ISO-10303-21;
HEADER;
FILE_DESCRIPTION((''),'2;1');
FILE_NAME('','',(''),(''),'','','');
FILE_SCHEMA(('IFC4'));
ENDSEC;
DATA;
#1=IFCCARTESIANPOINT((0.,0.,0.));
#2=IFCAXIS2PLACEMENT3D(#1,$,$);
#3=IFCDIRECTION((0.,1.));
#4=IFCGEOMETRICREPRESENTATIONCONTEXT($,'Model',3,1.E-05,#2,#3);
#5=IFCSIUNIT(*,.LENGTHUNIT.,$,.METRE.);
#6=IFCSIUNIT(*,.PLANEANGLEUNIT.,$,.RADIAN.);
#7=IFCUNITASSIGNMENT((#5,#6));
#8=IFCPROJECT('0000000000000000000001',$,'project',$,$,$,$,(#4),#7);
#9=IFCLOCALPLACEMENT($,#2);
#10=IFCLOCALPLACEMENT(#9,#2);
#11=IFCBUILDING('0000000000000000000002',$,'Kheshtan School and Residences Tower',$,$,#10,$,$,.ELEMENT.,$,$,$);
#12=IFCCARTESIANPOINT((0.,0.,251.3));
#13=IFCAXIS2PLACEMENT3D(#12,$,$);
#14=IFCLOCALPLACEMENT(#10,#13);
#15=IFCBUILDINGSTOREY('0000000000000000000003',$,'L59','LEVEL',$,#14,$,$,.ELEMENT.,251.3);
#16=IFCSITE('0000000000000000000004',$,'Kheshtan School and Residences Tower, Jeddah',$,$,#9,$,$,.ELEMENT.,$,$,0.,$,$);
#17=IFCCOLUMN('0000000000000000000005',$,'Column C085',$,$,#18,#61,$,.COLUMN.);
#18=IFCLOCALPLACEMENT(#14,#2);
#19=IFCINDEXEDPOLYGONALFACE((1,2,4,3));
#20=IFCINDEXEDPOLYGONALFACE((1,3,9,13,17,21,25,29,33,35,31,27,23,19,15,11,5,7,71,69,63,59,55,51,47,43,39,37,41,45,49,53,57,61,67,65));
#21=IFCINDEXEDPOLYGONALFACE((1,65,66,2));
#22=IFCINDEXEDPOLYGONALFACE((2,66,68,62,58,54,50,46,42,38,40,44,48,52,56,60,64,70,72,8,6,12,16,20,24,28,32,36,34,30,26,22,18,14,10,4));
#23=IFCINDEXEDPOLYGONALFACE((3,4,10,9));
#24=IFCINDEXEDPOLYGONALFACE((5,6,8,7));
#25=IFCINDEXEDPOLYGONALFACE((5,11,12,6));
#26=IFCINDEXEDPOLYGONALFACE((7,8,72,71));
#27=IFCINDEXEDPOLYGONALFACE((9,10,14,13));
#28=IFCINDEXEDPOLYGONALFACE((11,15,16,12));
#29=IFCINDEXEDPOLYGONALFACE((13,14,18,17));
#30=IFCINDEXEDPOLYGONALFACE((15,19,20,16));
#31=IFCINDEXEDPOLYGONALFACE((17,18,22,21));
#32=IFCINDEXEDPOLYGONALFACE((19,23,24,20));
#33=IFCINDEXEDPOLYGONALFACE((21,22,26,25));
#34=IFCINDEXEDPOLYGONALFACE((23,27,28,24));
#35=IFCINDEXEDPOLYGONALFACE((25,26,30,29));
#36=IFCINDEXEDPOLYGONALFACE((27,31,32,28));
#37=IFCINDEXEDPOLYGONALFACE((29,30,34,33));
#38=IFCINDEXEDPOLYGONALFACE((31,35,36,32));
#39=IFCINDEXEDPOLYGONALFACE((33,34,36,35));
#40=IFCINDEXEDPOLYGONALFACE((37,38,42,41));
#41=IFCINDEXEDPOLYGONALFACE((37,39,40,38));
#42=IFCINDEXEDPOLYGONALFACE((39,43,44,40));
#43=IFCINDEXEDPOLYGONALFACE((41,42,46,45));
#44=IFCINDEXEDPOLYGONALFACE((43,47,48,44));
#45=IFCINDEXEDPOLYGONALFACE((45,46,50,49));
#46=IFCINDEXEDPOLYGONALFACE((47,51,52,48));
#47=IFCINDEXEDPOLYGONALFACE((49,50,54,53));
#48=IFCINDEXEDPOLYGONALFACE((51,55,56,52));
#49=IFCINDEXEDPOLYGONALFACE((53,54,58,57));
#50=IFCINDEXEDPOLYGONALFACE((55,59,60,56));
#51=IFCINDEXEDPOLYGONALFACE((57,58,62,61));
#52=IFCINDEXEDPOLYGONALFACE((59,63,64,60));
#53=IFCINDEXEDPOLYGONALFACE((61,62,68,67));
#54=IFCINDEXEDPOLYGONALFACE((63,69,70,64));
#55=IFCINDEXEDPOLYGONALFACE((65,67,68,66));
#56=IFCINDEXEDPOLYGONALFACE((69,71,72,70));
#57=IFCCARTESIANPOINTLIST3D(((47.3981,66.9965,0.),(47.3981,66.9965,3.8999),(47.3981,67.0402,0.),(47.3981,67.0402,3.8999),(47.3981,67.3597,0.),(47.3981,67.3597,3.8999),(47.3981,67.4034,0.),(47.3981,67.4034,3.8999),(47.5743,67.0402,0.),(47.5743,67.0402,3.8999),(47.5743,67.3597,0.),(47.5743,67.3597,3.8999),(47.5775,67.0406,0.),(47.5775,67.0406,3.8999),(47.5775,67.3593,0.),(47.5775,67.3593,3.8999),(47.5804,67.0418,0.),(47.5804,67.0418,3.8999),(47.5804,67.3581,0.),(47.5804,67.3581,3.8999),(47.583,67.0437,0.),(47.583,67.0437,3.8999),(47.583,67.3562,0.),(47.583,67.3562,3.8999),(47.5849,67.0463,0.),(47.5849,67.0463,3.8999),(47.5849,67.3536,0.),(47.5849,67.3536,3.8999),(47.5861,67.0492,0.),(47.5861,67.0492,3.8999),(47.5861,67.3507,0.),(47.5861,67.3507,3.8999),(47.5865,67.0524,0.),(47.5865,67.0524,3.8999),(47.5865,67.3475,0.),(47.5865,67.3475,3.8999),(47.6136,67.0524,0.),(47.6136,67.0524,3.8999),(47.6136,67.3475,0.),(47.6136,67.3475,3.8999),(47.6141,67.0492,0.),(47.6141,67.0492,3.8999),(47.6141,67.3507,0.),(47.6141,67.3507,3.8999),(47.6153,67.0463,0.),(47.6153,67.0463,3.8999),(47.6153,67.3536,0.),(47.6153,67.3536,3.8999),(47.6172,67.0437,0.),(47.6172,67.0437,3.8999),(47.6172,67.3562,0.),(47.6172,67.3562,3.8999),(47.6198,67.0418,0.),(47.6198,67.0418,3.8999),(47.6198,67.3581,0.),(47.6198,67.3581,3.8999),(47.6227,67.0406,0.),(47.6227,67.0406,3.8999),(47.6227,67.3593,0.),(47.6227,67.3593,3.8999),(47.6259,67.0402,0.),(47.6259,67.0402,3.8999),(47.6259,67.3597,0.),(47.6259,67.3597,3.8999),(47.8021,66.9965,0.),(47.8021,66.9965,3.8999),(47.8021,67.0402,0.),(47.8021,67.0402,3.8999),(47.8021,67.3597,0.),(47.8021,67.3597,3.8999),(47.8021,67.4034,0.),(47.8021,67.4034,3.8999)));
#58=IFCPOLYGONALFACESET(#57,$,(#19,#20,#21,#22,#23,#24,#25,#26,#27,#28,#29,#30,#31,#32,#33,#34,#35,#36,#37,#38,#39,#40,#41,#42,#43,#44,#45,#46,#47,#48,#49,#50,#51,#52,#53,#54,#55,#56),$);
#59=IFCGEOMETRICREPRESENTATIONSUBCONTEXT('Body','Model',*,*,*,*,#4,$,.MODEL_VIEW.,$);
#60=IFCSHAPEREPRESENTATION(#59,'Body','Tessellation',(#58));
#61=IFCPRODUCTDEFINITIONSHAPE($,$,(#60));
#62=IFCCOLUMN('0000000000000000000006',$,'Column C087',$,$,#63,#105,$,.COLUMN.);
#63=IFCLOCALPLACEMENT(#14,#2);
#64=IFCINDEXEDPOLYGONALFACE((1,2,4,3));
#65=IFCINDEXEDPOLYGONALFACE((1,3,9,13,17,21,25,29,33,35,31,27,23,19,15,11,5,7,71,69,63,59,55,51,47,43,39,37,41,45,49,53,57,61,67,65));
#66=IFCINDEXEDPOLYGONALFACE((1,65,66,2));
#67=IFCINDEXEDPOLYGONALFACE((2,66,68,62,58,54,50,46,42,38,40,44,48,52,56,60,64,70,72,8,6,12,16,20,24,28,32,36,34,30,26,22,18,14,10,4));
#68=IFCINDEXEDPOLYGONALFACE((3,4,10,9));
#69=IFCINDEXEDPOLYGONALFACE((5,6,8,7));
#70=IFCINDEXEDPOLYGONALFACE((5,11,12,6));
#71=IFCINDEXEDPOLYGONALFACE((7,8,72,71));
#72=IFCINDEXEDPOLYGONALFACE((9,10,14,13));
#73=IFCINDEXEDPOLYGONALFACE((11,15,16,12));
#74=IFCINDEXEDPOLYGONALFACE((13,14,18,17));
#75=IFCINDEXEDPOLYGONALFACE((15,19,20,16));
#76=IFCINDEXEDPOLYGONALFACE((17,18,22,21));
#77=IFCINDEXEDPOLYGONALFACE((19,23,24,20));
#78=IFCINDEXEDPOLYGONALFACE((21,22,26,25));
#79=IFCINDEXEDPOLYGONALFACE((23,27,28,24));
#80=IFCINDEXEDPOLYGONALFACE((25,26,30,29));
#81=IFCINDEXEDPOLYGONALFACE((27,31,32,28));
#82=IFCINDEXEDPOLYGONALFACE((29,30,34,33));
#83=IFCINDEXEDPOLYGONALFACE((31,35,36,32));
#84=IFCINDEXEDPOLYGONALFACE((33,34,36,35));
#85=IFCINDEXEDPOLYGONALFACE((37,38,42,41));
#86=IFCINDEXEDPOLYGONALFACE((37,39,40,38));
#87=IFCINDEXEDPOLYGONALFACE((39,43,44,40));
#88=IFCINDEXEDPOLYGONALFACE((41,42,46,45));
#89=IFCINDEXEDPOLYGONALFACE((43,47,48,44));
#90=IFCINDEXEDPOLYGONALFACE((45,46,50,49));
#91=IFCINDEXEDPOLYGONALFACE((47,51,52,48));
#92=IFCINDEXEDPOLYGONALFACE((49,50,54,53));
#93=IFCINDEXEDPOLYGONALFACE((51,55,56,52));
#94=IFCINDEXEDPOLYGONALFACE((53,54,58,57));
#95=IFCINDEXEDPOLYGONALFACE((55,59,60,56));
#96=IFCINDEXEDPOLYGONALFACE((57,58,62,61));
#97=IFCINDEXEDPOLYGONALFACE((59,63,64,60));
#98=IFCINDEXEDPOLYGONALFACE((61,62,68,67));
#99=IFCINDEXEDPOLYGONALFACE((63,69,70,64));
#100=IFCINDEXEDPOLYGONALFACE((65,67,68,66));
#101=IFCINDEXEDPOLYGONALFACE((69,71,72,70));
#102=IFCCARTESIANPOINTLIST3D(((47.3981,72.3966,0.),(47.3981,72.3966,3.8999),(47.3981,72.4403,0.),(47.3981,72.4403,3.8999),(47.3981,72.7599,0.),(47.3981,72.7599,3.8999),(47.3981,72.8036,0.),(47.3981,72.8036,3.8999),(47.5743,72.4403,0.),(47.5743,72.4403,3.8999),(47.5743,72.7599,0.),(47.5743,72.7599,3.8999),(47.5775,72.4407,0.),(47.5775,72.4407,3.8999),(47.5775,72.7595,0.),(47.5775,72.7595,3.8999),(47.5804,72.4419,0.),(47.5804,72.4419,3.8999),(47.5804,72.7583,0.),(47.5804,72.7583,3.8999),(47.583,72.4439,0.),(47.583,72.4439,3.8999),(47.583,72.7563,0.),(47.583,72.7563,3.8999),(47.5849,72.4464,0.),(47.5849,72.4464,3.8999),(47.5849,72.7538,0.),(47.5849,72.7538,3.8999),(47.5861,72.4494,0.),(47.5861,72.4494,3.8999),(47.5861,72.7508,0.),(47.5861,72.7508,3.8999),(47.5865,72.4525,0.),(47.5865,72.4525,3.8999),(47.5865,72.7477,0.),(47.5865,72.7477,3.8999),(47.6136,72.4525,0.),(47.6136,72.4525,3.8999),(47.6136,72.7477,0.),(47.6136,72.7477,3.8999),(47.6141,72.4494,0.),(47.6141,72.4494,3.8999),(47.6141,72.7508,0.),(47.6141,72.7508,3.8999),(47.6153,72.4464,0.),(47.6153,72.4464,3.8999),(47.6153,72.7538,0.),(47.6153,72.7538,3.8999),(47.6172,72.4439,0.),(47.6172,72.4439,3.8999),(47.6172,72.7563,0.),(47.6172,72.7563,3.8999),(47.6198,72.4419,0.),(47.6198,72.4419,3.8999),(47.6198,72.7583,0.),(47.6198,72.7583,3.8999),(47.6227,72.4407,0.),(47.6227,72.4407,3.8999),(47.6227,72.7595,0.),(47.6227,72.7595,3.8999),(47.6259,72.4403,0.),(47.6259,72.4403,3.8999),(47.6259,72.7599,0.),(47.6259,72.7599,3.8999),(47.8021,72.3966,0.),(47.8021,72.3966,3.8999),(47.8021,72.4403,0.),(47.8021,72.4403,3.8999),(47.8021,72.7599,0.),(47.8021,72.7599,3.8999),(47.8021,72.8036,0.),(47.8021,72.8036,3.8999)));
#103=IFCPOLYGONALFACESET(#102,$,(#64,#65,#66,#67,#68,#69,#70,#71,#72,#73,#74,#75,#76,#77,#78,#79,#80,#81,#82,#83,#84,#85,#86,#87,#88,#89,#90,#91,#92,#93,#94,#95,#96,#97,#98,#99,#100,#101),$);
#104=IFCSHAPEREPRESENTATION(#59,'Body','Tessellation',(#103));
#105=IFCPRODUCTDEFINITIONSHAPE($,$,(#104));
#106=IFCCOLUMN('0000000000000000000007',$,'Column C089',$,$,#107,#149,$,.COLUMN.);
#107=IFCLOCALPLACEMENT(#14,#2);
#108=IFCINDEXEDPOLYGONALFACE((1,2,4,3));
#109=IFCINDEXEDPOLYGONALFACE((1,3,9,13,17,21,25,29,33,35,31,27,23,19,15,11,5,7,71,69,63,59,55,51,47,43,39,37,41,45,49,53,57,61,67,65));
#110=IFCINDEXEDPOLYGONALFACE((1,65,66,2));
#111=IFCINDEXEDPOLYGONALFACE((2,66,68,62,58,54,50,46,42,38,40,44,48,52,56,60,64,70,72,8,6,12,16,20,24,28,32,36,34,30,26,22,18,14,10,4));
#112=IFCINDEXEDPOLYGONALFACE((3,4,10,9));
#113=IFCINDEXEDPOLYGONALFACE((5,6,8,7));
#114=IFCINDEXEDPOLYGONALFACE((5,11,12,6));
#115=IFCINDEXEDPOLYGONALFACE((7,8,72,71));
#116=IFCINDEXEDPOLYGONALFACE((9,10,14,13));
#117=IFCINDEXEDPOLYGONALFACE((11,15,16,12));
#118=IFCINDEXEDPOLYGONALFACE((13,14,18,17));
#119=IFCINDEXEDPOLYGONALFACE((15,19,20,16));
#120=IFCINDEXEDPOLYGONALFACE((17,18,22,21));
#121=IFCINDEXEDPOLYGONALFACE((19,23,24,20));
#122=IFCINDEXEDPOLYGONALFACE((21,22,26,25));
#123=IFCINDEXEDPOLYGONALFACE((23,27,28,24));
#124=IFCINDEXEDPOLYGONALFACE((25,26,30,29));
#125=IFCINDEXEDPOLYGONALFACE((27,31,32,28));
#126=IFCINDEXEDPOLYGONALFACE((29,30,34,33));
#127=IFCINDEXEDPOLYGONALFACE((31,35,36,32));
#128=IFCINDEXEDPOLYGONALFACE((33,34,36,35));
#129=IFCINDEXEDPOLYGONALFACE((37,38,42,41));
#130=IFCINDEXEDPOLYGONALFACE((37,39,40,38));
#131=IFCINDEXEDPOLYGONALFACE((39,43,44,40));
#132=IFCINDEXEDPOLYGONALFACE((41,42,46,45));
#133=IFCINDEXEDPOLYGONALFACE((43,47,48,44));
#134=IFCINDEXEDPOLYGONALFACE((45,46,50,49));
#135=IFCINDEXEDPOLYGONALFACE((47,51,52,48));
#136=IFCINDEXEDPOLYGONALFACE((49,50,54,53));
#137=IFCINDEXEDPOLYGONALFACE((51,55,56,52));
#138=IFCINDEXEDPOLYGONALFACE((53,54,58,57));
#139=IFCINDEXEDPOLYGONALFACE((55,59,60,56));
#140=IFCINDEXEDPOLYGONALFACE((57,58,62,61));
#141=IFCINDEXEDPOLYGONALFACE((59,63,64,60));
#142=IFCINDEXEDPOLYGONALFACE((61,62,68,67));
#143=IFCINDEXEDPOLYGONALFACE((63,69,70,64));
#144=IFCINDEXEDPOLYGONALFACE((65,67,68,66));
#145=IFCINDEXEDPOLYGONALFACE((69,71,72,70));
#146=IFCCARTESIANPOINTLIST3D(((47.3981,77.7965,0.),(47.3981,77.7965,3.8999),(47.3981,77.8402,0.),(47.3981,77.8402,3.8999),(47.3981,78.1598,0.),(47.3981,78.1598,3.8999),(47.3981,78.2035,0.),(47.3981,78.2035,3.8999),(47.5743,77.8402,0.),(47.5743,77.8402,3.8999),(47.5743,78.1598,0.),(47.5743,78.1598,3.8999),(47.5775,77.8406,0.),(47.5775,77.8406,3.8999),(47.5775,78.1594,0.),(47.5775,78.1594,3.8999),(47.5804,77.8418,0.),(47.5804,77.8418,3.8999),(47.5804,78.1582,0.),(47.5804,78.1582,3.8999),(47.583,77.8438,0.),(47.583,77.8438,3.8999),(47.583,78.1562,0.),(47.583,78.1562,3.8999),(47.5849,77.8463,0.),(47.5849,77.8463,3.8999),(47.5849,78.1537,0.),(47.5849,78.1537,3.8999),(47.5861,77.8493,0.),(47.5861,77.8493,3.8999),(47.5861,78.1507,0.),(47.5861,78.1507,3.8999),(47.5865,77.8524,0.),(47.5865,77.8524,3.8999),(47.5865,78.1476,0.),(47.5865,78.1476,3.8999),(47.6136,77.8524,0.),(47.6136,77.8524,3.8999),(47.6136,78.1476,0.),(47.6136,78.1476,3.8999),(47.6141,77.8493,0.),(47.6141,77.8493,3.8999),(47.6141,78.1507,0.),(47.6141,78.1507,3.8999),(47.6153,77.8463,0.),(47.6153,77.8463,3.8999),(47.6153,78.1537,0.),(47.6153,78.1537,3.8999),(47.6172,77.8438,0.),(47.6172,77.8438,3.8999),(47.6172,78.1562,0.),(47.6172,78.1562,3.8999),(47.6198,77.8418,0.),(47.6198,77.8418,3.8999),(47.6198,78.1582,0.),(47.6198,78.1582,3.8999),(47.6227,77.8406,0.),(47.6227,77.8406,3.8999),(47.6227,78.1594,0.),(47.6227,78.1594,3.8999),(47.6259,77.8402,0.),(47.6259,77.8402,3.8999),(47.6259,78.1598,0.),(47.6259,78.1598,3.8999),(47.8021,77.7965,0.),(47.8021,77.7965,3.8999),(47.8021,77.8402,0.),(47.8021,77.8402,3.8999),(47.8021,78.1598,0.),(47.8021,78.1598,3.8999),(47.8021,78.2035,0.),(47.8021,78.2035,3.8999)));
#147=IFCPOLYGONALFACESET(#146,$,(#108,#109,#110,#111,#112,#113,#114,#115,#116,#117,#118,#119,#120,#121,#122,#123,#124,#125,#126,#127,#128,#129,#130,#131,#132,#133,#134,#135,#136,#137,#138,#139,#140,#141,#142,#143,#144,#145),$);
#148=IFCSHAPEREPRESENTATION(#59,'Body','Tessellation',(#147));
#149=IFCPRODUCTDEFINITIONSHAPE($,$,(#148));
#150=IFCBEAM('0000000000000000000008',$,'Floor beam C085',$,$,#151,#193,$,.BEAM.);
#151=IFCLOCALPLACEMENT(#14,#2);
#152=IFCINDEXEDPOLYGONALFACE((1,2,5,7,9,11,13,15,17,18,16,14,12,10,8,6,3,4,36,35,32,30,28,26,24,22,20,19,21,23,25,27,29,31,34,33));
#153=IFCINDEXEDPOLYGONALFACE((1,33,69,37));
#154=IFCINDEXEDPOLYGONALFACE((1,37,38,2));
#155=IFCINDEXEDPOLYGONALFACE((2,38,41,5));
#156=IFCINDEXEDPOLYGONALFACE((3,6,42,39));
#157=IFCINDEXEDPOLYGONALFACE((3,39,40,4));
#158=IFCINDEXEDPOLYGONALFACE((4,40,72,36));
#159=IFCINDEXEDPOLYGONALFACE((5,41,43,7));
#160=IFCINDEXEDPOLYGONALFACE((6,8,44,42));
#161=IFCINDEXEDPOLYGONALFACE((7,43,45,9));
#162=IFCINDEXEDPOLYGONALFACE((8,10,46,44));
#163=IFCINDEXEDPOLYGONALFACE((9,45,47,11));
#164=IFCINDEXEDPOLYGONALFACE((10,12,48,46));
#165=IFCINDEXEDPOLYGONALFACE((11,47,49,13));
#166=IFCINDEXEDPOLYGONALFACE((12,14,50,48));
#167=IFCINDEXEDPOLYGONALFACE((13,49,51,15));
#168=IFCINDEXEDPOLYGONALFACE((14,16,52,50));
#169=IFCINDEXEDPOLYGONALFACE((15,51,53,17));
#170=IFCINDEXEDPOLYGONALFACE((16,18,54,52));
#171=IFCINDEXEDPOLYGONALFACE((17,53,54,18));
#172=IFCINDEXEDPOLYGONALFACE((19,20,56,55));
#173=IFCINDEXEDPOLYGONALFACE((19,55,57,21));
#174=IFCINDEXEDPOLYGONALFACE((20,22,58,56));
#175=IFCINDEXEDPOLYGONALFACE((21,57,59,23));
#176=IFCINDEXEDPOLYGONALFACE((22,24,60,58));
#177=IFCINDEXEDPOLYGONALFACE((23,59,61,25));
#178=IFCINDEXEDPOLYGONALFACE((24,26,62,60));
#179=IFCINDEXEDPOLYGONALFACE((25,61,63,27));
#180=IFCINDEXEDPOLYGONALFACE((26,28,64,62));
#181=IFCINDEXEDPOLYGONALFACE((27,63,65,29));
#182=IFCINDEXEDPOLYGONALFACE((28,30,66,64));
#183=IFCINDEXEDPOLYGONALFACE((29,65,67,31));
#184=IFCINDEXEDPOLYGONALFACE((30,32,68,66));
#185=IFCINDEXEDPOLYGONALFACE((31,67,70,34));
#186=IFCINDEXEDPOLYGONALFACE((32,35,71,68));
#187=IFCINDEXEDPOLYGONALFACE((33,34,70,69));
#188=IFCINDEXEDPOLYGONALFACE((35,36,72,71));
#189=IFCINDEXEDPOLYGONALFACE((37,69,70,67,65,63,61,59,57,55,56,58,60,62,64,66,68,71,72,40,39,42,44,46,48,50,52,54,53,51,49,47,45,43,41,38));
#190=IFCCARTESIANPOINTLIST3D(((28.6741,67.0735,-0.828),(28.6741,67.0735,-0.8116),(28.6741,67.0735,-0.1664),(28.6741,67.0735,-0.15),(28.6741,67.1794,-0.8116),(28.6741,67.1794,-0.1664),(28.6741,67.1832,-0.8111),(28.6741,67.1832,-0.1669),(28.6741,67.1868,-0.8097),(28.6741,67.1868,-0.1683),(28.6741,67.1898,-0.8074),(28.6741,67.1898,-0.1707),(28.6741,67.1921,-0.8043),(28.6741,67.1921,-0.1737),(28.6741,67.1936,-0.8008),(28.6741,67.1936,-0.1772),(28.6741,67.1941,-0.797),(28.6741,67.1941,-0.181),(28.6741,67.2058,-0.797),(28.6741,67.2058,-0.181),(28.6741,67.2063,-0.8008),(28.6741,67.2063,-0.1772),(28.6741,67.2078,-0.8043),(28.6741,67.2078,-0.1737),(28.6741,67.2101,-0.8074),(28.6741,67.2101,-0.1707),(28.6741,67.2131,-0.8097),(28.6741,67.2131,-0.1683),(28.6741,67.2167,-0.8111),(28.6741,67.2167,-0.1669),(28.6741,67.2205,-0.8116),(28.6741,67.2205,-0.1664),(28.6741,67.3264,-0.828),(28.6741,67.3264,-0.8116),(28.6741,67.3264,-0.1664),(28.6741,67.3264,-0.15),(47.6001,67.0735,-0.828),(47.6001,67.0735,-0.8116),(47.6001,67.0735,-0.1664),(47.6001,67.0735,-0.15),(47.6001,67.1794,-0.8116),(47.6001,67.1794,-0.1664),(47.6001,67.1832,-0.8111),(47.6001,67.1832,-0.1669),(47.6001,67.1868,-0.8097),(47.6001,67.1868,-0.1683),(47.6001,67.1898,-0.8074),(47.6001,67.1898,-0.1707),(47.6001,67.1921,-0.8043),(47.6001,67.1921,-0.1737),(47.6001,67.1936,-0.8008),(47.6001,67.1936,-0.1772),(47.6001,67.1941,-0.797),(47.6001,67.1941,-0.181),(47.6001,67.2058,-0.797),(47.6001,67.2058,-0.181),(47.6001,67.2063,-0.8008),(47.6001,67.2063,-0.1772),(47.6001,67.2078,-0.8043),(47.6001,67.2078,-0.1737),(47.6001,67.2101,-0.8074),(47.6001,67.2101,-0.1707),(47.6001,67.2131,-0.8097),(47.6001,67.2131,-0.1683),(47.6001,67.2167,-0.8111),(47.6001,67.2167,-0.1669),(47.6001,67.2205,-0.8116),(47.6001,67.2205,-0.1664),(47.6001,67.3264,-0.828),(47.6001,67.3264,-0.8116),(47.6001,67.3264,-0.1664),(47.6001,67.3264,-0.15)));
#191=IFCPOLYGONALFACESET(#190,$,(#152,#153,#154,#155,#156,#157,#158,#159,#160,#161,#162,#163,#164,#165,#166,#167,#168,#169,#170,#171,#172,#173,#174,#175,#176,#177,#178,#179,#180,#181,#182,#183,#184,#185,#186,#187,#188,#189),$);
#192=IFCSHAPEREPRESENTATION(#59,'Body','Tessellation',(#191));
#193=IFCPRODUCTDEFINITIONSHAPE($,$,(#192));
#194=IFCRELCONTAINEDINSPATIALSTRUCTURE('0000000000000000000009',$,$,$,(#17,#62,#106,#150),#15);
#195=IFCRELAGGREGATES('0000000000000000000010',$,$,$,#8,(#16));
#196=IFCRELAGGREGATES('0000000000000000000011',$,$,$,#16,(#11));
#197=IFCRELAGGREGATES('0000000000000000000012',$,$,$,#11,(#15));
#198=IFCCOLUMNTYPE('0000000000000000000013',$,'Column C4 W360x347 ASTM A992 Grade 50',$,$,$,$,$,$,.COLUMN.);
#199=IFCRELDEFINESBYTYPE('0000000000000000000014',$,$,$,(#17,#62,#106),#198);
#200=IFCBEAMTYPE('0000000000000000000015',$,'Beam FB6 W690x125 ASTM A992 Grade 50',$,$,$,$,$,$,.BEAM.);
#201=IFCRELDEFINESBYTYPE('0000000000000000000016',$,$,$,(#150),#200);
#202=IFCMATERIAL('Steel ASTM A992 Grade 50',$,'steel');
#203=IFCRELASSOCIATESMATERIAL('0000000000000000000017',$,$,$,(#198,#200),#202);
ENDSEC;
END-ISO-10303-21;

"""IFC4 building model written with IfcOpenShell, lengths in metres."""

from ifc_helpers import new_model, si_unit, direction, frame, origin, origin_2d, place, context, subcontext, project, spatial, i_section, extrude, material, material_profile, profile_set, type_object, element, save


model = new_model("IFC4")

# Units and contexts
model_context = context("Model", 3, precision=1e-05, world=origin(), true_north=direction((0.0, 1.0)))
body_context = subcontext(model_context, "Body", "Model", "MODEL_VIEW")
ifc_project = project(units=[si_unit("LENGTHUNIT", "METRE"), si_unit("PLANEANGLEUNIT", "RADIAN")], contexts=[model_context])

# Site, building, storey
site_placement = place(None, origin())
site = spatial("IfcSite", under=ifc_project, at=site_placement, Name="Kheshtan School and Residences Tower, Jeddah", CompositionType="ELEMENT", RefElevation=0.0)
building_placement = place(site_placement, origin())
building = spatial("IfcBuilding", under=site, at=building_placement, Name="Kheshtan School and Residences Tower", CompositionType="ELEMENT")
storey_placement = place(building_placement, frame((0.0, 0.0, 251.3)))
storey = spatial("IfcBuildingStorey", under=building, at=storey_placement, Name="L59", Description="LEVEL", CompositionType="ELEMENT", Elevation=251.3)

# Columns
ifc_material_1 = material(Name="Steel ASTM A992 Grade 50", Category="steel")
ifc_material_profile_1 = material_profile(ifc_material_1, i_section(OverallWidth=0.4041, OverallDepth=0.407, WebThickness=0.0271, FlangeThickness=0.0437, FilletRadius=0.0122, at=origin_2d()), Name="W360x347")
ifc_profile_set_1 = profile_set([ifc_material_profile_1], Name="Steel ASTM A992 Grade 50")
column_type = type_object("IfcColumnType", Name="Column C4 W360x347 ASTM A992 Grade 50", PredefinedType="COLUMN", material=ifc_profile_set_1)
for number, where, z_axis, x_axis, name in (
    (1, (47.6001, 67.2, 0.0), (0.0, 0.0, 1.0), (1.0, 0.0, 0.0), "Column C085"),
    (2, (47.6001, 72.6001, 0.0), (0.0, 0.0, 1.0), (1.0, 0.0, 0.0), "Column C087"),
    (3, (47.6001, 78.0, 0.0), (0.0, 0.0, 1.0), (1.0, 0.0, 0.0), "Column C089"),
):
    element("IfcColumn", number, at=place(storey_placement, frame(where, z_axis=z_axis, x_axis=x_axis)), inside=storey, type_object=column_type, Name=name, PredefinedType="COLUMN", context=body_context, shape_type="SweptSolid", body=[
        extrude(i_section(OverallWidth=0.4041, OverallDepth=0.407, WebThickness=0.0271, FlangeThickness=0.0437, FilletRadius=0.0122, at=origin_2d()), origin(), (0.0, 0.0, 1.0), 3.8999),
    ])

# Beam
ifc_material_profile_2 = material_profile(ifc_material_1, i_section(OverallWidth=0.2529, OverallDepth=0.678, WebThickness=0.0117, FlangeThickness=0.0164, FilletRadius=0.0146, at=origin_2d()), Name="W690x125")
ifc_profile_set_2 = profile_set([ifc_material_profile_2], Name="Steel ASTM A992 Grade 50")
beam_type_1 = type_object("IfcBeamType", Name="Beam FB6 W690x125 ASTM A992 Grade 50", PredefinedType="BEAM", material=ifc_profile_set_2)
beam_1_placement = place(storey_placement, frame((47.6001, 67.2, -0.489), z_axis=(-1.0, 0.0, 0.0), x_axis=(0.0, -1.0, 0.0)))
element("IfcBeam", 4, at=beam_1_placement, inside=storey, type_object=beam_type_1, Name="Floor beam C085", PredefinedType="BEAM", context=body_context, shape_type="SweptSolid", body=[
    extrude(i_section(OverallWidth=0.2529, OverallDepth=0.678, WebThickness=0.0117, FlangeThickness=0.0164, FilletRadius=0.0146, at=origin_2d()), origin(), (0.0, 0.0, 1.0), 18.926),
])

save(model, "model.ifc")
